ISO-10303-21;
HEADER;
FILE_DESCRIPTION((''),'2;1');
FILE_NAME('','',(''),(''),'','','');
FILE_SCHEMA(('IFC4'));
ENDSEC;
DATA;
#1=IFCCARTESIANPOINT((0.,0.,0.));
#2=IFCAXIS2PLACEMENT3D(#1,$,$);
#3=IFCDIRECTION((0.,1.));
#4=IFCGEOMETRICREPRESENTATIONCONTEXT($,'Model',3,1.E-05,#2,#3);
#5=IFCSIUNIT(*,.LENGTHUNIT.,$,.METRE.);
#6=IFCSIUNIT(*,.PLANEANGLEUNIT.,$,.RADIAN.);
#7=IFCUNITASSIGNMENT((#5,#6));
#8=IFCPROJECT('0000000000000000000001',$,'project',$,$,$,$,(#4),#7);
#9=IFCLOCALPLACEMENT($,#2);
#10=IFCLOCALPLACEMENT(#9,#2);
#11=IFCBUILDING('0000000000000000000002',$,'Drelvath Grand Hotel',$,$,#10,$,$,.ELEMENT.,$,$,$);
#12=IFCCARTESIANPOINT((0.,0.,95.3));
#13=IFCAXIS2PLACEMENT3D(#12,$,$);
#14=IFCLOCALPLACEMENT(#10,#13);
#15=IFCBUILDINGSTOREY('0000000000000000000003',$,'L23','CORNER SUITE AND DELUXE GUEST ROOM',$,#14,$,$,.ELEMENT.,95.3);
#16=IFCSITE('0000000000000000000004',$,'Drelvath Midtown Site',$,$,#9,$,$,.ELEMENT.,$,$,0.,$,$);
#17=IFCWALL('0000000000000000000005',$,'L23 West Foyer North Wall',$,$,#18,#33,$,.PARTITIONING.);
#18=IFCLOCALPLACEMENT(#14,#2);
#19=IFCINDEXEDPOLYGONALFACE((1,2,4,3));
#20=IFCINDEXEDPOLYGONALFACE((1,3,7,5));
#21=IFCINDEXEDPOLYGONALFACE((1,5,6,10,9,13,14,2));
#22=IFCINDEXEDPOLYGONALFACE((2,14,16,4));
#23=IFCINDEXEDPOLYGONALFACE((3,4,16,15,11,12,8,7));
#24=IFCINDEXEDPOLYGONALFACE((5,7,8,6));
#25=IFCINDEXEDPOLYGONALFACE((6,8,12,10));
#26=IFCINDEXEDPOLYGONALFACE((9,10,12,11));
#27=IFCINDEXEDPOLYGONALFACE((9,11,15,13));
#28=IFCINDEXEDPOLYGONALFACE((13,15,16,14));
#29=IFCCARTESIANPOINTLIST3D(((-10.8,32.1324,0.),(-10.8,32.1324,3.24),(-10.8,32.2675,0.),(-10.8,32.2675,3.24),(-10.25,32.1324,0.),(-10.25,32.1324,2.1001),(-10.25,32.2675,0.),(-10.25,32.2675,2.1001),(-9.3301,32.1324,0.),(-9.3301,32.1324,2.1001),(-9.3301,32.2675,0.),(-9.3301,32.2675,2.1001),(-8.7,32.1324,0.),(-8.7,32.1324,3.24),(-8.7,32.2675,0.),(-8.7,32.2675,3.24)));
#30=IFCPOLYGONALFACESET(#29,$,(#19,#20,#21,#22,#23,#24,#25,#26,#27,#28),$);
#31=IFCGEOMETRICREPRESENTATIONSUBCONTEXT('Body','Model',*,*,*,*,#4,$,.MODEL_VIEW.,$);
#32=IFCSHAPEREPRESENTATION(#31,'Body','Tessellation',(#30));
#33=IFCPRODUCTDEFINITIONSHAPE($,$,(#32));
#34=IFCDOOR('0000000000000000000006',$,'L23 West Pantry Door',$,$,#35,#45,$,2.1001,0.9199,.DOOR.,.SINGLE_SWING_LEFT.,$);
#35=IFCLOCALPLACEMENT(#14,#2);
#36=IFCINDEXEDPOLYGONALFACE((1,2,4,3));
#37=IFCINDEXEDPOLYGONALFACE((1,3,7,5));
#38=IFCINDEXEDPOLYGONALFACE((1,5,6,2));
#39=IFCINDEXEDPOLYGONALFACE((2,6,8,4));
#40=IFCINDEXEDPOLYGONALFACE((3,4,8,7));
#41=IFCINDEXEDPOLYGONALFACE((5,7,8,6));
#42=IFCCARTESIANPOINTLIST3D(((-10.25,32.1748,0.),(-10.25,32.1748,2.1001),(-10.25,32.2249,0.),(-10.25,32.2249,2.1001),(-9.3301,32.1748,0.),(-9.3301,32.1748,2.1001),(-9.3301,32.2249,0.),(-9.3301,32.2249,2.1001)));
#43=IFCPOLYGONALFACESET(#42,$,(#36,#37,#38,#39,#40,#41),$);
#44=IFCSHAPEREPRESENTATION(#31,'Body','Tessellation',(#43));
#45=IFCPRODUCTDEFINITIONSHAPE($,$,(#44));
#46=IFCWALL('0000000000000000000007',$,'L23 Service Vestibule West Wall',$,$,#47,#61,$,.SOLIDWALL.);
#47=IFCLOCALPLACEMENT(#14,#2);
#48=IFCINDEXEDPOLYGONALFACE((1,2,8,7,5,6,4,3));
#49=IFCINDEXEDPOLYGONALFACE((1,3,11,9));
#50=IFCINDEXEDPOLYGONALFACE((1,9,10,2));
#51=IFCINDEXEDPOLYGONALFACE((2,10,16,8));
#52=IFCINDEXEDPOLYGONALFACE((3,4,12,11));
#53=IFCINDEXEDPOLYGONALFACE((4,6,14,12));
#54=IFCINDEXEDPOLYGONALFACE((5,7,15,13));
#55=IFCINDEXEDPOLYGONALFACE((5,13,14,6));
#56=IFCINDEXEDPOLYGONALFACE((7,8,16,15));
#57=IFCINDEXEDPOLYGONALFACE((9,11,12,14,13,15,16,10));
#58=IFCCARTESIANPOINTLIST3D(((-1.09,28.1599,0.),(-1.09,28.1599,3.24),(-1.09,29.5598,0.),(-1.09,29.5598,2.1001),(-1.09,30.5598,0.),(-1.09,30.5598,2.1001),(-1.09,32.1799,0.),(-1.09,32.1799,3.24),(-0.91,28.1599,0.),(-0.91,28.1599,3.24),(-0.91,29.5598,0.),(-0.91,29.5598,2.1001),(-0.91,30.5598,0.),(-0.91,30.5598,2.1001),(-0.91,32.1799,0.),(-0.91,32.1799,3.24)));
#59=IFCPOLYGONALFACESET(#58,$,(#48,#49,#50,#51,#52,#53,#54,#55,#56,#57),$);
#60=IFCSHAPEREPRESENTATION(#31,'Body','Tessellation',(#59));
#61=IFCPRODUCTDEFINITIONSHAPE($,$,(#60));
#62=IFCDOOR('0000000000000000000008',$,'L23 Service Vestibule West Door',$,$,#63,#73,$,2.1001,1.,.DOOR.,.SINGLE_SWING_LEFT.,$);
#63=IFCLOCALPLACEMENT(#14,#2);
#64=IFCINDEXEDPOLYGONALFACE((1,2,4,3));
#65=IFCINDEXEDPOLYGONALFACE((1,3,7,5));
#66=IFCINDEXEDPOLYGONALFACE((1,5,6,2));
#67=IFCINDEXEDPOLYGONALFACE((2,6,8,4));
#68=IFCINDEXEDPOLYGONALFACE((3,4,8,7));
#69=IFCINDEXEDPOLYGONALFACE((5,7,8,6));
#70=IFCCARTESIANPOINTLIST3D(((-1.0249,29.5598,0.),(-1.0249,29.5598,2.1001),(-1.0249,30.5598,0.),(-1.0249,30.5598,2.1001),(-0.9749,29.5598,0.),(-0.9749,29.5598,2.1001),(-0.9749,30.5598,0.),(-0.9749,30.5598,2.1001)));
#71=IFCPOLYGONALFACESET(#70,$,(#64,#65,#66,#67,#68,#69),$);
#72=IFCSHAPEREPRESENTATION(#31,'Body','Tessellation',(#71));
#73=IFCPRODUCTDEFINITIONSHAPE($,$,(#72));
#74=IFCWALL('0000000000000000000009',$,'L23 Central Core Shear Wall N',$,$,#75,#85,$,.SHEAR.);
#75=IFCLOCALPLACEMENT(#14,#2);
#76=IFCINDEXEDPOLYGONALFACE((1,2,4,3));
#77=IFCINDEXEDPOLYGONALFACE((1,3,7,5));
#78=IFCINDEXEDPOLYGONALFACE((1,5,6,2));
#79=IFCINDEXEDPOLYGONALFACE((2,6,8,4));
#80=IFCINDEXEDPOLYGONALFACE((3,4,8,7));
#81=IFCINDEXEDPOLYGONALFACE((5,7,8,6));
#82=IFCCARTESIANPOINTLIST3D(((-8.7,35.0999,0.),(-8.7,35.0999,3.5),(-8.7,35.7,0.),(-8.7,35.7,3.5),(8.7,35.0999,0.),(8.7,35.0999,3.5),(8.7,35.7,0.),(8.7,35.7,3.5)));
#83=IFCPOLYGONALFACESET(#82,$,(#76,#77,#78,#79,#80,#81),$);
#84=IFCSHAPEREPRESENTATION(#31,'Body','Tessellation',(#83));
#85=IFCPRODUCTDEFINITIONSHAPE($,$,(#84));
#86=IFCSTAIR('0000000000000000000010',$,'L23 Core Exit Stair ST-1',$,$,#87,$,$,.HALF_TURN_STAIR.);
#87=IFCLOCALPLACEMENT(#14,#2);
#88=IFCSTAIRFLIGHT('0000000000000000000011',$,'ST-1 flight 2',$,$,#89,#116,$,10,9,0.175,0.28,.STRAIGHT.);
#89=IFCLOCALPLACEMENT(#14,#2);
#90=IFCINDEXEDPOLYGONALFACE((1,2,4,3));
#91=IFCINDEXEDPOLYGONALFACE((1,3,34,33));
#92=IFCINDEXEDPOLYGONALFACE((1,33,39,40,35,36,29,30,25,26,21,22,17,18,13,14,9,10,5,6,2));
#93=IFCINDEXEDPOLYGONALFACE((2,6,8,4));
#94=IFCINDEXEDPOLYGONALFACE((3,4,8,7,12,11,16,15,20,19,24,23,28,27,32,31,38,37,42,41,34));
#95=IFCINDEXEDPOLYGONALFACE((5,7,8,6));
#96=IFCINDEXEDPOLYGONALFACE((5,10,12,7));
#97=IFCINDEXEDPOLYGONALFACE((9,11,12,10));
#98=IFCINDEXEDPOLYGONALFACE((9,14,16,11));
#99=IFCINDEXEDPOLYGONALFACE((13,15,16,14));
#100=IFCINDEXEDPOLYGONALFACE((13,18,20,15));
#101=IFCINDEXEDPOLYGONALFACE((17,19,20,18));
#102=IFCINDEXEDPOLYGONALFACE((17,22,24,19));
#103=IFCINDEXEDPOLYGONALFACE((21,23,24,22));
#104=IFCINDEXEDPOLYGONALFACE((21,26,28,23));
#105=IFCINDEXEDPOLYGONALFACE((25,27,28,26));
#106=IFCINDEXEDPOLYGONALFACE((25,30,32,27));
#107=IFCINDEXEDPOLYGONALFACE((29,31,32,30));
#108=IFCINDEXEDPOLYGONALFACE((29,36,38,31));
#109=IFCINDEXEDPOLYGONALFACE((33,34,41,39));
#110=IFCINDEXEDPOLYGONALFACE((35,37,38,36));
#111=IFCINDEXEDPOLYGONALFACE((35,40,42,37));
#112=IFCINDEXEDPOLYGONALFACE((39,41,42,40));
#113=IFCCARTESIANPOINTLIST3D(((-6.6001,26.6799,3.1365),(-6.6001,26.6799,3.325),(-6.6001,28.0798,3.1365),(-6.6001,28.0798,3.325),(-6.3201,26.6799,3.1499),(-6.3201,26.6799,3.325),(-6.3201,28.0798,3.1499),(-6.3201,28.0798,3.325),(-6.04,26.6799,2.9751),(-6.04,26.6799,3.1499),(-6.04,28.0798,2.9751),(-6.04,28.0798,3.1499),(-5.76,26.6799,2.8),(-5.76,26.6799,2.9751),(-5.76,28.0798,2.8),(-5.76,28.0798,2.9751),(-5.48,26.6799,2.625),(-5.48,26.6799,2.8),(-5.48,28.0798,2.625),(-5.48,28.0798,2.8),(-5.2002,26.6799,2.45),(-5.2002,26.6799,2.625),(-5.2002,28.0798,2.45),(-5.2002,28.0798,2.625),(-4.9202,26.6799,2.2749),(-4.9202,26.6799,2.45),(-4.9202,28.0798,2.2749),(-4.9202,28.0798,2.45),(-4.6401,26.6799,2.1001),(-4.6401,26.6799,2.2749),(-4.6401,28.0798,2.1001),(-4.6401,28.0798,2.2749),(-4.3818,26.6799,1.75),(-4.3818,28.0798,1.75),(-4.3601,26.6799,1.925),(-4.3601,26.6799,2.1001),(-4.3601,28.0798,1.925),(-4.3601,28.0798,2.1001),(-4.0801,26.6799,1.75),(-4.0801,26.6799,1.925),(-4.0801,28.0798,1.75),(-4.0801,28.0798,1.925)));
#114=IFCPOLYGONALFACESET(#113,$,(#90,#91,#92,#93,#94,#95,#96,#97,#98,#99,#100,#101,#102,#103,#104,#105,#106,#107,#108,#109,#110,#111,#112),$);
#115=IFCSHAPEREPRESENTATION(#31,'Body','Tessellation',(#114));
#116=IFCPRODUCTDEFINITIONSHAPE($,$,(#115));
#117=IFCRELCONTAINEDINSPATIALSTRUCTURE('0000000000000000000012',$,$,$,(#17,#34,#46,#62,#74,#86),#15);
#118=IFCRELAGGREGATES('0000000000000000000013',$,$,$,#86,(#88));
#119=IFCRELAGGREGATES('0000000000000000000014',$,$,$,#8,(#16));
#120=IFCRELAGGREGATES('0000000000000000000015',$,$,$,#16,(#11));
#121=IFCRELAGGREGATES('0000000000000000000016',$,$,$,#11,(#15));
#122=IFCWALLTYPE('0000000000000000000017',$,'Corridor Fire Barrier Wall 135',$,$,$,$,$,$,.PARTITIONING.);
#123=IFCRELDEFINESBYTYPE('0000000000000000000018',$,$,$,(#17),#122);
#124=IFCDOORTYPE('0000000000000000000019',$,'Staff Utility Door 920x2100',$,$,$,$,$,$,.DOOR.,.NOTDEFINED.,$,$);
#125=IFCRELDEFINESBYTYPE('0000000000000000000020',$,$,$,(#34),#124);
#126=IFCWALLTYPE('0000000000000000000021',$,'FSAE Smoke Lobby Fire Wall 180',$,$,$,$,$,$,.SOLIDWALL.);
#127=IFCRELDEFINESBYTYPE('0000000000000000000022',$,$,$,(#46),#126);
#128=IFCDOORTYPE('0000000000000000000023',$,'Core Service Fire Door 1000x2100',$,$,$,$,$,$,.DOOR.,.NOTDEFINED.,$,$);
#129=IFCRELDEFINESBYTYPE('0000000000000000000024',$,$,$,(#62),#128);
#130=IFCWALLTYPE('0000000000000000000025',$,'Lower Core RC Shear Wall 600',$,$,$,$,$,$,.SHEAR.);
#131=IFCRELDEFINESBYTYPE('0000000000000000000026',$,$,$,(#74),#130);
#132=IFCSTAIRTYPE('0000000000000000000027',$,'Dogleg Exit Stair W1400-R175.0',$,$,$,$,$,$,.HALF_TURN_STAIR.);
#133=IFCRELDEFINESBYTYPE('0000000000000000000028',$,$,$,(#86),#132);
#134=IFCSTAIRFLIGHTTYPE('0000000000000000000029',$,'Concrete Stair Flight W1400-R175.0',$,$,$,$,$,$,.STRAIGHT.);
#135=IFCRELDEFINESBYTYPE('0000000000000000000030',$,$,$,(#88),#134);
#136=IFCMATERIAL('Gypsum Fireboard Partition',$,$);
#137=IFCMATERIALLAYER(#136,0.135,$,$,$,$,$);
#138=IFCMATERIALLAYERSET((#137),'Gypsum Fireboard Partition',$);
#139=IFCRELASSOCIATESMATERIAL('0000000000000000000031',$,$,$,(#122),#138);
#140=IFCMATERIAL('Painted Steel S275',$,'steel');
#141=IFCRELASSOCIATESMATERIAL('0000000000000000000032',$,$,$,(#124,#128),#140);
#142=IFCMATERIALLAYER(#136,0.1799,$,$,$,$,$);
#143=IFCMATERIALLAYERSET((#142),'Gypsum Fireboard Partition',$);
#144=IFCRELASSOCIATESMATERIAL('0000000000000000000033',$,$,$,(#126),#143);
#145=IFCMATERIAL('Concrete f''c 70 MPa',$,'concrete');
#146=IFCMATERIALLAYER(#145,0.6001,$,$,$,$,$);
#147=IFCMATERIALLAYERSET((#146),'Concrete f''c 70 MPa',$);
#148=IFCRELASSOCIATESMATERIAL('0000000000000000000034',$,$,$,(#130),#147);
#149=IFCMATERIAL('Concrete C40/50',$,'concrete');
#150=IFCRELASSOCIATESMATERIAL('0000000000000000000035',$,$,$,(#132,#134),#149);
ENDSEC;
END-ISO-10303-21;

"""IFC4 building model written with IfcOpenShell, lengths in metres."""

from ifc_helpers import new_model, si_unit, direction, frame, frame_2d, origin, place, context, subcontext, project, spatial, polyline, rectangle, outline, extrude, material, layer, layer_set, type_object, element, fill, aggregate, save


model = new_model("IFC4")

# Units and contexts
model_context = context("Model", 3, precision=1e-05, world=origin(), true_north=direction((0.0, 1.0)))
body_context = subcontext(model_context, "Body", "Model", "MODEL_VIEW")
ifc_project = project(units=[si_unit("LENGTHUNIT", "METRE"), si_unit("PLANEANGLEUNIT", "RADIAN")], contexts=[model_context])

# Site, building, storey
site_placement = place(None, origin())
site = spatial("IfcSite", under=ifc_project, at=site_placement, Name="Drelvath Midtown Site", CompositionType="ELEMENT", RefElevation=0.0)
building_placement = place(site_placement, origin())
building = spatial("IfcBuilding", under=site, at=building_placement, Name="Drelvath Grand Hotel", CompositionType="ELEMENT")
storey_placement = place(building_placement, frame((0.0, 0.0, 95.3)))
storey = spatial("IfcBuildingStorey", under=building, at=storey_placement, Name="L23", Description="CORNER SUITE AND DELUXE GUEST ROOM", CompositionType="ELEMENT", Elevation=95.3)

# Shared definitions
ifc_material_1 = material(Name="Concrete f'c 70 MPa", Category="concrete")

# Shared definitions
ifc_material_2 = material(Name="Concrete C40/50", Category="concrete")

# Shared definitions
ifc_material_3 = material(Name="Gypsum Fireboard Partition")

# Walls, openings, doors
ifc_layer_1 = layer(ifc_material_3, 0.135)
ifc_layer_set_1 = layer_set([ifc_layer_1], Name="Gypsum Fireboard Partition")
wall_type_1 = type_object("IfcWallType", Name="Corridor Fire Barrier Wall 135", PredefinedType="PARTITIONING", material=ifc_layer_set_1)
wall_1_placement = place(storey_placement, frame((-10.8, 32.2, 0.0), z_axis=(0.0, 0.0, 1.0), x_axis=(1.0, 0.0, 0.0)))
wall_1 = element("IfcWall", 1, at=wall_1_placement, inside=storey, type_object=wall_type_1, Name="L23 West Foyer North Wall", PredefinedType="PARTITIONING", context=body_context, shape_type="SweptSolid", body=[
    extrude(rectangle(XDim=2.1001, YDim=0.135, at=frame_2d((1.05, 0.0))), origin(), (0.0, 0.0, 1.0), 3.24),
])
opening_1_placement = place(wall_1_placement, frame((0.55, 0.0, 0.0)))
opening_1 = element("IfcOpeningElement", 2, at=opening_1_placement, cuts=wall_1, PredefinedType="OPENING", context=body_context, shape_type="SweptSolid", body=[
    extrude(rectangle(XDim=0.9199, YDim=2.1001, at=frame_2d((0.46, 1.05))), frame((0.0, 0.0774, 0.0), z_axis=(0.0, -1.0, 0.0), x_axis=(1.0, 0.0, 0.0)), (0.0, 0.0, 1.0), 0.155),
])
ifc_material_4 = material(Name="Painted Steel S275", Category="steel")
door_type_1 = type_object("IfcDoorType", Name="Staff Utility Door 920x2100", OperationType="NOTDEFINED", PredefinedType="DOOR", material=ifc_material_4)
door_1_placement = place(opening_1_placement, origin())
door_1 = element("IfcDoor", 3, at=door_1_placement, inside=storey, type_object=door_type_1, Name="L23 West Pantry Door", OperationType="SINGLE_SWING_LEFT", OverallHeight=2.1001, OverallWidth=0.9199, PredefinedType="DOOR", context=body_context, shape_type="SweptSolid", body=[
    extrude(rectangle(XDim=0.9199, YDim=2.1001, at=frame_2d((0.46, 1.05))), frame((0.0, 0.0249, 0.0), z_axis=(0.0, -1.0, 0.0), x_axis=(1.0, 0.0, 0.0)), (0.0, 0.0, 1.0), 0.05),
])
fill(opening_1, door_1)
ifc_layer_2 = layer(ifc_material_3, 0.1799)
ifc_layer_set_2 = layer_set([ifc_layer_2], Name="Gypsum Fireboard Partition")
wall_type_2 = type_object("IfcWallType", Name="FSAE Smoke Lobby Fire Wall 180", PredefinedType="SOLIDWALL", material=ifc_layer_set_2)
wall_2_placement = place(storey_placement, frame((-1.0, 28.1599, 0.0), z_axis=(0.0, 0.0, 1.0), x_axis=(0.0, 1.0, 0.0)))
wall_2 = element("IfcWall", 4, at=wall_2_placement, inside=storey, type_object=wall_type_2, Name="L23 Service Vestibule West Wall", PredefinedType="SOLIDWALL", context=body_context, shape_type="SweptSolid", body=[
    extrude(rectangle(XDim=4.02, YDim=0.1799, at=frame_2d((2.01, 0.0))), origin(), (0.0, 0.0, 1.0), 3.24),
])
opening_2_placement = place(wall_2_placement, frame((1.3999, 0.0, 0.0)))
opening_2 = element("IfcOpeningElement", 5, at=opening_2_placement, cuts=wall_2, PredefinedType="OPENING", context=body_context, shape_type="SweptSolid", body=[
    extrude(rectangle(XDim=1.0, YDim=2.1001, at=frame_2d((0.5, 1.05))), frame((0.0, 0.0999, 0.0), z_axis=(0.0, -1.0, 0.0), x_axis=(1.0, 0.0, 0.0)), (0.0, 0.0, 1.0), 0.2),
])
door_type_2 = type_object("IfcDoorType", Name="Core Service Fire Door 1000x2100", OperationType="NOTDEFINED", PredefinedType="DOOR", material=ifc_material_4)
door_2_placement = place(opening_2_placement, origin())
door_2 = element("IfcDoor", 6, at=door_2_placement, inside=storey, type_object=door_type_2, Name="L23 Service Vestibule West Door", OperationType="SINGLE_SWING_LEFT", OverallHeight=2.1001, OverallWidth=1.0, PredefinedType="DOOR", context=body_context, shape_type="SweptSolid", body=[
    extrude(rectangle(XDim=1.0, YDim=2.1001, at=frame_2d((0.5, 1.05))), frame((0.0, 0.0249, 0.0), z_axis=(0.0, -1.0, 0.0), x_axis=(1.0, 0.0, 0.0)), (0.0, 0.0, 1.0), 0.05),
])
fill(opening_2, door_2)

# Wall
ifc_layer_3 = layer(ifc_material_1, 0.6001)
ifc_layer_set_3 = layer_set([ifc_layer_3], Name="Concrete f'c 70 MPa")
wall_type_3 = type_object("IfcWallType", Name="Lower Core RC Shear Wall 600", PredefinedType="SHEAR", material=ifc_layer_set_3)
wall_3_placement = place(storey_placement, frame((-8.7, 35.3999, 0.0), z_axis=(0.0, 0.0, 1.0), x_axis=(1.0, 0.0, 0.0)))
element("IfcWall", 7, at=wall_3_placement, inside=storey, type_object=wall_type_3, Name="L23 Central Core Shear Wall N", PredefinedType="SHEAR", context=body_context, shape_type="SweptSolid", body=[
    extrude(rectangle(XDim=17.3999, YDim=0.6001, at=frame_2d((8.7, 0.0))), origin(), (0.0, 0.0, 1.0), 3.5),
])

# Stair, stair flight
stair_type = type_object("IfcStairType", Name="Dogleg Exit Stair W1400-R175.0", PredefinedType="HALF_TURN_STAIR", material=ifc_material_2)
stair_placement = place(storey_placement, origin())
stair = element("IfcStair", 8, at=stair_placement, inside=storey, type_object=stair_type, Name="L23 Core Exit Stair ST-1", PredefinedType="HALF_TURN_STAIR")
stair_flight_type = type_object("IfcStairFlightType", Name="Concrete Stair Flight W1400-R175.0", PredefinedType="STRAIGHT", material=ifc_material_2)
stair_flight_placement = place(storey_placement, frame((-4.0801, 27.3799, 1.75), z_axis=(0.0, 0.0, 1.0), x_axis=(-1.0, 0.0, 0.0)))
stair_flight = element("IfcStairFlight", 9, at=stair_flight_placement, type_object=stair_flight_type, Name="ST-1 flight 2", NumberOfRisers=10, NumberOfTreads=9, PredefinedType="STRAIGHT", RiserHeight=0.175, TreadLength=0.28, context=body_context, shape_type="SweptSolid", body=[
    extrude(outline(polyline([(0.0, 0.0), (0.0, 0.175), (0.28, 0.175), (0.28, 0.3501), (0.5601, 0.3501), (0.5601, 0.5249), (0.8401, 0.5249), (0.8401, 0.7), (1.1201, 0.7), (1.1201, 0.875), (1.3999, 0.875), (1.3999, 1.05), (1.6799, 1.05), (1.6799, 1.2251), (1.96, 1.2251), (1.96, 1.3999), (2.24, 1.3999), (2.24, 1.575), (2.52, 1.575), (2.52, 1.75), (2.52, 1.3865), (0.3018, 0.0), (0.0, 0.0)])), frame((0.0, 0.7, 0.0), z_axis=(0.0, -1.0, 0.0), x_axis=(1.0, 0.0, 0.0)), (0.0, 0.0, 1.0), 1.3999),
])
aggregate(stair, [stair_flight])

save(model, "model.ifc")
